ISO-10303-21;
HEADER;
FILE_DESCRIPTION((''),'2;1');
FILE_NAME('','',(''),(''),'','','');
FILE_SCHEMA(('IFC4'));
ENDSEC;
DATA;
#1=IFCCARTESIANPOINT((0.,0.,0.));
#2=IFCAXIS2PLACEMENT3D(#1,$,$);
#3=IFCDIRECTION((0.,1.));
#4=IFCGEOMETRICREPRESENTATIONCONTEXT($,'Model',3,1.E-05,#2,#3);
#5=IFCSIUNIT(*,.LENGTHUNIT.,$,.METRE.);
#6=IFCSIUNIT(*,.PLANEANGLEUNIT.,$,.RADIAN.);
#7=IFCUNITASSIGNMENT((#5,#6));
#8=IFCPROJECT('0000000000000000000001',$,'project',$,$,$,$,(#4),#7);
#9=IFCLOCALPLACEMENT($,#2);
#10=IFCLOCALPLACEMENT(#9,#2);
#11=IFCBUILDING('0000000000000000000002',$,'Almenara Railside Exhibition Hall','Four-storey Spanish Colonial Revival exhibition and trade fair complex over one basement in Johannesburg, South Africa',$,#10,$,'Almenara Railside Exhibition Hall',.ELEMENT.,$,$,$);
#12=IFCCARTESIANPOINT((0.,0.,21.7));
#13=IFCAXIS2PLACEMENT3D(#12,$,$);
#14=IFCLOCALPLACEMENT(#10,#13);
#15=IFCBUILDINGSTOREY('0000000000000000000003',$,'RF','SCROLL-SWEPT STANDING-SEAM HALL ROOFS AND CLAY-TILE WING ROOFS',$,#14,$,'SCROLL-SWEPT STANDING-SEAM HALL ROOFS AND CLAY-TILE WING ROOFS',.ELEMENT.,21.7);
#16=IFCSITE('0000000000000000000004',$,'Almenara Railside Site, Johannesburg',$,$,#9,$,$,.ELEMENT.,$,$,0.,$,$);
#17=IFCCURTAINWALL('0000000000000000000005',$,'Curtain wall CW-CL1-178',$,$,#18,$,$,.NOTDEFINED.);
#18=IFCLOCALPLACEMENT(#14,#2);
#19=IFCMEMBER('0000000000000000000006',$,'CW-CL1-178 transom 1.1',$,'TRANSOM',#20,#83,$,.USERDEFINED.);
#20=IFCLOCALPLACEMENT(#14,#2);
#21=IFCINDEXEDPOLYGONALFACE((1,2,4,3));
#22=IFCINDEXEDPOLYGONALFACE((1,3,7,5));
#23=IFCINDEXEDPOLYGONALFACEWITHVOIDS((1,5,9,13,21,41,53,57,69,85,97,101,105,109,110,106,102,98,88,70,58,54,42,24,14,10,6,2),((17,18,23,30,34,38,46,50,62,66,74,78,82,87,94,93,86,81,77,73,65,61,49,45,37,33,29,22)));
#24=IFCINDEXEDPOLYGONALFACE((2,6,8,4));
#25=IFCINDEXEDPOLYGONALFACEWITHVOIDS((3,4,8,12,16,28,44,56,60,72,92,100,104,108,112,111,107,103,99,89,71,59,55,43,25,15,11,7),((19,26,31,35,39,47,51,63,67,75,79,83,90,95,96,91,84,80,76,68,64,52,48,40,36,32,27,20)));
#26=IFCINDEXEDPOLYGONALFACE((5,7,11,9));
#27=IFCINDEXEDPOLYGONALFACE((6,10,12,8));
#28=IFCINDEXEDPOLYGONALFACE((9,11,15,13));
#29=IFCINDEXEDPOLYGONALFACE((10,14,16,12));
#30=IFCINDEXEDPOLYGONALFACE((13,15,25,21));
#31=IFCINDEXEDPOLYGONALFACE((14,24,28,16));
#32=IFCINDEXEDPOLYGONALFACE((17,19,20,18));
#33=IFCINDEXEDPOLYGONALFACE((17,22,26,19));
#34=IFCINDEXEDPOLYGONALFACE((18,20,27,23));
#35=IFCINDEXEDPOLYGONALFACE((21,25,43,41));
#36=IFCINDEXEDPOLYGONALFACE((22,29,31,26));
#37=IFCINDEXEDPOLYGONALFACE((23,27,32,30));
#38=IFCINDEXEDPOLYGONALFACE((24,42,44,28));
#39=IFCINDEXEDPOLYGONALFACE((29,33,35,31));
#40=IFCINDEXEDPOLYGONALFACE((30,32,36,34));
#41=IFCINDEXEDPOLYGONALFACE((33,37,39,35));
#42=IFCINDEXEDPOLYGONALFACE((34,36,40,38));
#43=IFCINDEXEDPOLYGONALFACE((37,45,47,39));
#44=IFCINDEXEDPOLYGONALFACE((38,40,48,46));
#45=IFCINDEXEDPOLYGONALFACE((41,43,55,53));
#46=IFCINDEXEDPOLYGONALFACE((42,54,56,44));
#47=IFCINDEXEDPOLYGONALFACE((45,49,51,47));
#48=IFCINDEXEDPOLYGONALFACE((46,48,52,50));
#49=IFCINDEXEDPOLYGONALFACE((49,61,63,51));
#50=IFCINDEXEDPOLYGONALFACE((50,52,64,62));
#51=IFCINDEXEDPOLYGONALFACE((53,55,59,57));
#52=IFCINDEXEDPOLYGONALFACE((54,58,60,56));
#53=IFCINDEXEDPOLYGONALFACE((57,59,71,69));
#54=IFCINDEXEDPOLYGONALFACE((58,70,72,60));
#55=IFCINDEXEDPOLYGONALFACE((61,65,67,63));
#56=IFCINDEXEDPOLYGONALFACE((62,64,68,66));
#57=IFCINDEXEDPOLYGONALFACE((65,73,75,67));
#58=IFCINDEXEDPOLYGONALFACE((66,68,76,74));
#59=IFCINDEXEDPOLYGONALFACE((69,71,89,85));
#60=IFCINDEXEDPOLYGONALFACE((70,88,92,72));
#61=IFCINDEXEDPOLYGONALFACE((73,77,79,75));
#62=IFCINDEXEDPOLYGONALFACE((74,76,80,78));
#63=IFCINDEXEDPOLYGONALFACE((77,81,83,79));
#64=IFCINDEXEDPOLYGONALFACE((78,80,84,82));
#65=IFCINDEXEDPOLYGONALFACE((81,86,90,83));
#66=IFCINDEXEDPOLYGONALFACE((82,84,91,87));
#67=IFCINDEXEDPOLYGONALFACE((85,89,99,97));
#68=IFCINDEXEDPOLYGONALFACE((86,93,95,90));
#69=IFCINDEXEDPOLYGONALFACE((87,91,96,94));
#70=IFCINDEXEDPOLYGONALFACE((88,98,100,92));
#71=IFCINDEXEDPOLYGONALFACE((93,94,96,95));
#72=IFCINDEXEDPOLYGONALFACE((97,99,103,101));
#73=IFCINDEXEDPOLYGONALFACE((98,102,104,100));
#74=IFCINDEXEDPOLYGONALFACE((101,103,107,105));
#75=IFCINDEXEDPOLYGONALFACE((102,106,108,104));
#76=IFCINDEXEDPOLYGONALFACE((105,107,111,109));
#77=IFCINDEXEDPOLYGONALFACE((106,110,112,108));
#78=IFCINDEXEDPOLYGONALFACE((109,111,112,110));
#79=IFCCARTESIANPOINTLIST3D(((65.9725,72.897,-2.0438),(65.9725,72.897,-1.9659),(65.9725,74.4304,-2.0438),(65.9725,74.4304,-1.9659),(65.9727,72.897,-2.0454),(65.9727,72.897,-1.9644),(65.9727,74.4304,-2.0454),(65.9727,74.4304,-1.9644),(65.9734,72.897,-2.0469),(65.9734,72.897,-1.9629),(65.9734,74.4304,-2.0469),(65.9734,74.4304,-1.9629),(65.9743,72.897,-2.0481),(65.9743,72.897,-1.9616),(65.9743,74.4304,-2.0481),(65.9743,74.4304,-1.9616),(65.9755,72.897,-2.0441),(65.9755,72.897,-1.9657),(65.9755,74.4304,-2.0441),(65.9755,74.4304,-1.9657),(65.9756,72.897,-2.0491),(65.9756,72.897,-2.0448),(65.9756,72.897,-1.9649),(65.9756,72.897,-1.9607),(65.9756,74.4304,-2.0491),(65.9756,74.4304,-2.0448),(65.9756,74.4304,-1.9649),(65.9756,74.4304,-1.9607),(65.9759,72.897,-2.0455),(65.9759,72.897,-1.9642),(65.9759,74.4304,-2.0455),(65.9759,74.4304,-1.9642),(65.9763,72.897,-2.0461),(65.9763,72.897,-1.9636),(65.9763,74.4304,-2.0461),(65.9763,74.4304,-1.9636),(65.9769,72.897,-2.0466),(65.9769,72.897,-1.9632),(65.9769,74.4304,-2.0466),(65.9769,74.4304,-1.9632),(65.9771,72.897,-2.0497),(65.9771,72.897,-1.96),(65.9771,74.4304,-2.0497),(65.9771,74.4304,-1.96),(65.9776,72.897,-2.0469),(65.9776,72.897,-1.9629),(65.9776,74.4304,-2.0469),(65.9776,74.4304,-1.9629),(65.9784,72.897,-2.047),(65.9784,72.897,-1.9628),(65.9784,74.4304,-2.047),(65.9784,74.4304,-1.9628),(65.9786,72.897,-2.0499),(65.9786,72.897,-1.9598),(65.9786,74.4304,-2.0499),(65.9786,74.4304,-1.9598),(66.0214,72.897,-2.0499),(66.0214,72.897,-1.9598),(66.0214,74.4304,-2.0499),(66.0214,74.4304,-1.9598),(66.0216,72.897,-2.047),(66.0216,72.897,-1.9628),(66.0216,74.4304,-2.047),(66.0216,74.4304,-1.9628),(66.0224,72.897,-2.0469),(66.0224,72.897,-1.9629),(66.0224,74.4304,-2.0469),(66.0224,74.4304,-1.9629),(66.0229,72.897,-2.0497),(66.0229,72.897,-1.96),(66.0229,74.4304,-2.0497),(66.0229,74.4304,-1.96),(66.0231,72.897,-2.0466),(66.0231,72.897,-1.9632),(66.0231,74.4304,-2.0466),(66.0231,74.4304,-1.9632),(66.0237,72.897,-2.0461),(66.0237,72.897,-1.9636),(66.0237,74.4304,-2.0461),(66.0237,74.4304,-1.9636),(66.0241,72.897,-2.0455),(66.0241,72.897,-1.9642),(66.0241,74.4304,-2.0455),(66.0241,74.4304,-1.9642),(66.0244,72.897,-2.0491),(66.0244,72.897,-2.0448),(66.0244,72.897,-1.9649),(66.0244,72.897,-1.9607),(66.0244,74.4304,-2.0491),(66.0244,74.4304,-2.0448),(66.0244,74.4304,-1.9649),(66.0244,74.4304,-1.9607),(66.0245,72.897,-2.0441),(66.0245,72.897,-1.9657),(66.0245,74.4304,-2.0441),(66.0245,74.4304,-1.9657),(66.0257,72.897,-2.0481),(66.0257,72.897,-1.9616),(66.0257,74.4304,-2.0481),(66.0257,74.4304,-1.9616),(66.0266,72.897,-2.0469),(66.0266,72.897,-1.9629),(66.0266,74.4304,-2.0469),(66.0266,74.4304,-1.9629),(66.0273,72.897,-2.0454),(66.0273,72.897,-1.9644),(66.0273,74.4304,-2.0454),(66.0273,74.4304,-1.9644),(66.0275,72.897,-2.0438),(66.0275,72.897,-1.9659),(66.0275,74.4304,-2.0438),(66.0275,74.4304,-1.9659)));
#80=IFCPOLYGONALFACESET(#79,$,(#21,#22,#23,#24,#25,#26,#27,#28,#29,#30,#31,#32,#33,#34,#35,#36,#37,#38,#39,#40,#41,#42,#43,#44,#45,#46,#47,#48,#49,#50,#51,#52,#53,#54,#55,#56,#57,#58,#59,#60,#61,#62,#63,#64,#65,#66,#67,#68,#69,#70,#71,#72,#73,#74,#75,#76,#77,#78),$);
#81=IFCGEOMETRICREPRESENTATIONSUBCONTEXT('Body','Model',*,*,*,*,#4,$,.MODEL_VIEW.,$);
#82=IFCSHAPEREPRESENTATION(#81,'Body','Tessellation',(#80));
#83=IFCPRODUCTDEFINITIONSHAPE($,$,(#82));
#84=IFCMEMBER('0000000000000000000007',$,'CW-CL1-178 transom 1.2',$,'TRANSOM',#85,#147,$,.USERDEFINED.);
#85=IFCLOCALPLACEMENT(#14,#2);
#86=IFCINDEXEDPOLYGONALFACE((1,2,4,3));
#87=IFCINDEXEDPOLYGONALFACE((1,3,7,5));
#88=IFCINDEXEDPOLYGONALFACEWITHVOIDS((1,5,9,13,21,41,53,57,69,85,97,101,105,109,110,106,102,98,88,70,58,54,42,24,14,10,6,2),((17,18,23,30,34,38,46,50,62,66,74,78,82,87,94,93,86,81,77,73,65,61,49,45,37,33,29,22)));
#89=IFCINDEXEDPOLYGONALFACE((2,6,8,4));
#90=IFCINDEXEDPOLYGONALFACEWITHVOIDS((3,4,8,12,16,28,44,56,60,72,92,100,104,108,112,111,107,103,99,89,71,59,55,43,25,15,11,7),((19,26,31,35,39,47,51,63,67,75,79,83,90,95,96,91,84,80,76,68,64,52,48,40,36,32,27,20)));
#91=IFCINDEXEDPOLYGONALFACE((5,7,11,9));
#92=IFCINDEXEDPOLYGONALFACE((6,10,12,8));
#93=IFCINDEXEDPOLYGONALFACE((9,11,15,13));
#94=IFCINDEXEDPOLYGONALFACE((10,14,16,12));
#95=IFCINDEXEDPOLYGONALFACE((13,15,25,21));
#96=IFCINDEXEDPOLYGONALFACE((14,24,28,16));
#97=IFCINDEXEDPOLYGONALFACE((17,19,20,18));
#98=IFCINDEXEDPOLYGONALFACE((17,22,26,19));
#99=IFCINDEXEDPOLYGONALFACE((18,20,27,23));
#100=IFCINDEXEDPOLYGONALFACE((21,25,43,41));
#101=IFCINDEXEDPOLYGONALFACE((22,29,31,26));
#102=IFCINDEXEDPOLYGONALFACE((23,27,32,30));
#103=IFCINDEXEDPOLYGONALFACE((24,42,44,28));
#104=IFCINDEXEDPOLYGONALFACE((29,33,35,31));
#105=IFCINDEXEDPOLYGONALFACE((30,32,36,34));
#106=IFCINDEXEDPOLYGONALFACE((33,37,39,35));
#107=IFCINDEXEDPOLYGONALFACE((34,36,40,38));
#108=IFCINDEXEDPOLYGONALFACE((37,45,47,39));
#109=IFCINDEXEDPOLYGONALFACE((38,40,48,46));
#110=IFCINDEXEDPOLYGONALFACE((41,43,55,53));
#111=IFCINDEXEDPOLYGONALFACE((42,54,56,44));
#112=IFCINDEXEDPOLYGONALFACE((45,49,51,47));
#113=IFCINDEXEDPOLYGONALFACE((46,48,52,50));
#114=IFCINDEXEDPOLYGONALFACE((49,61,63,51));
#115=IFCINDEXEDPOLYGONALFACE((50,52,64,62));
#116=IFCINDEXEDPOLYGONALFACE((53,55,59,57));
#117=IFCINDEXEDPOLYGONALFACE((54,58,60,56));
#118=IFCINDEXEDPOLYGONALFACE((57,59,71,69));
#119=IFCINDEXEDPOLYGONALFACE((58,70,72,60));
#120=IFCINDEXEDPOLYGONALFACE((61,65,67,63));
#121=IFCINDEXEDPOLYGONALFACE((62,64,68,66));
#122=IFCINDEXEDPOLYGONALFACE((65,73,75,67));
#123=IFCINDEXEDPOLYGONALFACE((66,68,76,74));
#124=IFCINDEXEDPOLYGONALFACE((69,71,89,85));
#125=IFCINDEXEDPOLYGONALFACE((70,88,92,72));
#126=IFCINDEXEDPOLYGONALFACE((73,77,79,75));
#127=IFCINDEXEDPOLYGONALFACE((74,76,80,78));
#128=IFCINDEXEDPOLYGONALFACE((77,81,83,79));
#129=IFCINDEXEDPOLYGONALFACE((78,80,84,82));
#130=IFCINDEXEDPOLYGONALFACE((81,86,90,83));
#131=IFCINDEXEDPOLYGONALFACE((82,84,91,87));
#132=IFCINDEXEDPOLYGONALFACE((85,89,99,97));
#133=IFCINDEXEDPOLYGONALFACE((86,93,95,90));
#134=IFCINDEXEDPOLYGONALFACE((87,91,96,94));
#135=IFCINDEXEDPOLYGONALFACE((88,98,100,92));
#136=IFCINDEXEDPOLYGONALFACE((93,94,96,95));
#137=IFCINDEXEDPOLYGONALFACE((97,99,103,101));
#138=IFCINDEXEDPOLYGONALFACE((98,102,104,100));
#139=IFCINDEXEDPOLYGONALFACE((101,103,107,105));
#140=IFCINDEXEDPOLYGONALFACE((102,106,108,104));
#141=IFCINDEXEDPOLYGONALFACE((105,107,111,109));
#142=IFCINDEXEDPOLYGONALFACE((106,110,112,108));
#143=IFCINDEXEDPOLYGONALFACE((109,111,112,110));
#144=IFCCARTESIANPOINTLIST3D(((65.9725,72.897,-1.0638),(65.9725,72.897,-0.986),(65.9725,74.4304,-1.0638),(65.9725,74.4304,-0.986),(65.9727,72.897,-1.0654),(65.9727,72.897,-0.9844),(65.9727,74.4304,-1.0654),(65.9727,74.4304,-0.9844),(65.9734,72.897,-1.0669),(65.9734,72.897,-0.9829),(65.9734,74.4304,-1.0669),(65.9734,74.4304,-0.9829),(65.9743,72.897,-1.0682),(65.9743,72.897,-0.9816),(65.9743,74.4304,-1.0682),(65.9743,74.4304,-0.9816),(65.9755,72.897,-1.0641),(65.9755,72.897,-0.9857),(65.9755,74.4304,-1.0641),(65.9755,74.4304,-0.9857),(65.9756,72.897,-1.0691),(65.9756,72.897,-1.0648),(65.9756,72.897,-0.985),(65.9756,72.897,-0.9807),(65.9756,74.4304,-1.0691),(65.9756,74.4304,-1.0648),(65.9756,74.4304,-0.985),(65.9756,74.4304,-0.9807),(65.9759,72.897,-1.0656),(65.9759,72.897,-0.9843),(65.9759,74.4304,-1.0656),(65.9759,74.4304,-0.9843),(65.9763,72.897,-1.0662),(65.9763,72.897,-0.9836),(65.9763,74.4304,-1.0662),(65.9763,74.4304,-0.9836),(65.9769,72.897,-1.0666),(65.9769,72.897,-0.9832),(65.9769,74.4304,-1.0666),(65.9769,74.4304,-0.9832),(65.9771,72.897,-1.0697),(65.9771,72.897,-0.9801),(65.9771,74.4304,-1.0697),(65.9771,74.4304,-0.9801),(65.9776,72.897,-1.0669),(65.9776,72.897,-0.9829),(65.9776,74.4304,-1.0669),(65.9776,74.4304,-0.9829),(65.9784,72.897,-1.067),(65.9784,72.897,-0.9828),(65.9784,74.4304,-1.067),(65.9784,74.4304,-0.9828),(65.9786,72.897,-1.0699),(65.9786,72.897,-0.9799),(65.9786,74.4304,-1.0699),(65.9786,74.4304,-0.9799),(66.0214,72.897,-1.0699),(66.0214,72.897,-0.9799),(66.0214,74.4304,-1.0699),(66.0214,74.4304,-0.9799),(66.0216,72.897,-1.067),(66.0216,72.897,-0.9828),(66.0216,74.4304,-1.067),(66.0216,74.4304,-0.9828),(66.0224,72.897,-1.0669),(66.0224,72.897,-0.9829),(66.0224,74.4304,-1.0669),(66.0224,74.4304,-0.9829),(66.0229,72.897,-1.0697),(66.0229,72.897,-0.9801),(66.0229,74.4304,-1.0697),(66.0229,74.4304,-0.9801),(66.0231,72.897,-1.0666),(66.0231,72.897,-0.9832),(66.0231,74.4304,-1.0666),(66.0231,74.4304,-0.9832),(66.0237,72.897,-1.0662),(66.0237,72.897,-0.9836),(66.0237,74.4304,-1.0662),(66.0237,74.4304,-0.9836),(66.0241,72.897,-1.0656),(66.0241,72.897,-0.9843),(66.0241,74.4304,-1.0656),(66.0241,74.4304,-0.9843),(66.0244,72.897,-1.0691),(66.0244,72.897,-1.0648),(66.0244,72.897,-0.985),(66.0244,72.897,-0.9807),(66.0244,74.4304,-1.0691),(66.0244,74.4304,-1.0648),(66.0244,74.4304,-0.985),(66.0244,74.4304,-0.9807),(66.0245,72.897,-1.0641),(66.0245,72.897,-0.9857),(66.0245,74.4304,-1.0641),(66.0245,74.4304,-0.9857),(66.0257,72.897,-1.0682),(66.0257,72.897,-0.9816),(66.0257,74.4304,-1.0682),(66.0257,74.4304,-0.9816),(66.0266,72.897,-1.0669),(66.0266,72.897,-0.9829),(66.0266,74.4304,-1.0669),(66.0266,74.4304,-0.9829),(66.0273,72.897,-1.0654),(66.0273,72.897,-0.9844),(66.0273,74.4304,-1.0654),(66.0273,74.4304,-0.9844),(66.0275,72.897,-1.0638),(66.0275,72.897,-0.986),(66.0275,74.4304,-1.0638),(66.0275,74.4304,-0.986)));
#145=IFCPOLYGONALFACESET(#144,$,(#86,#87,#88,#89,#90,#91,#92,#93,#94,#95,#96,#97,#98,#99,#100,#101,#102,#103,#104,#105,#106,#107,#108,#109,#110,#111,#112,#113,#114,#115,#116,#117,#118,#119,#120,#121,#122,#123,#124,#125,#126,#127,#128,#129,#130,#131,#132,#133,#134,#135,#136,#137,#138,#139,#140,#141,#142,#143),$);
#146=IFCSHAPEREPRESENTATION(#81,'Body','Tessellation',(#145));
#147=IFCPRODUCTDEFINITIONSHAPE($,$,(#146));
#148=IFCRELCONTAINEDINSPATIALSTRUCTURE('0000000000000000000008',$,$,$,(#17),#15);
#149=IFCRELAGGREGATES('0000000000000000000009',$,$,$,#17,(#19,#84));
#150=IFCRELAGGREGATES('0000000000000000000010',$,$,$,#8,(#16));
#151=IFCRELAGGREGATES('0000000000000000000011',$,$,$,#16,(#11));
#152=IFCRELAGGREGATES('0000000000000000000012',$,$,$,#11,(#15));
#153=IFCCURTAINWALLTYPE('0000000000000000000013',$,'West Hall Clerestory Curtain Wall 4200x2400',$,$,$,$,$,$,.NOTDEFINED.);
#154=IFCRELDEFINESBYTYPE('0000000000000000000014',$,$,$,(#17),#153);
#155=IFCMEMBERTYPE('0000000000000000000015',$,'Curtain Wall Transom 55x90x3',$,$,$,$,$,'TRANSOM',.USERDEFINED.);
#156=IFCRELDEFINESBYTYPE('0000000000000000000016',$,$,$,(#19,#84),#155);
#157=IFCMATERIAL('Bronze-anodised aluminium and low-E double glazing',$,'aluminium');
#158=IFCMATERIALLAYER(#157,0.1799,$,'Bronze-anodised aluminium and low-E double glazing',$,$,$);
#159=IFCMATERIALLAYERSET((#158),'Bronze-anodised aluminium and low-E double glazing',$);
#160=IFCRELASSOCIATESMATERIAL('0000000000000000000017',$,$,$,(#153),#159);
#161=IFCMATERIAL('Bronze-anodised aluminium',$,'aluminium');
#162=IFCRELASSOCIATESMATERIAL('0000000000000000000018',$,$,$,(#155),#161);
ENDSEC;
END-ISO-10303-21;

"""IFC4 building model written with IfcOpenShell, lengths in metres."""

from ifc_helpers import new_model, si_unit, direction, frame, origin, origin_2d, place, context, subcontext, project, spatial, hollow_rectangle, extrude, material, layer, layer_set, material_profile, profile_set, type_object, element, aggregate, save


model = new_model("IFC4")

# Units and contexts
model_context = context("Model", 3, precision=1e-05, world=origin(), true_north=direction((0.0, 1.0)))
body_context = subcontext(model_context, "Body", "Model", "MODEL_VIEW")
ifc_project = project(units=[si_unit("LENGTHUNIT", "METRE"), si_unit("PLANEANGLEUNIT", "RADIAN")], contexts=[model_context])

# Site, building, storey
site_placement = place(None, origin())
site = spatial("IfcSite", under=ifc_project, at=site_placement, Name="Almenara Railside Site, Johannesburg", CompositionType="ELEMENT", RefElevation=0.0)
building_placement = place(site_placement, origin())
building = spatial("IfcBuilding", under=site, at=building_placement, Name="Almenara Railside Exhibition Hall", Description="Four-storey Spanish Colonial Revival exhibition and trade fair complex over one basement in Johannesburg, South Africa", LongName="Almenara Railside Exhibition Hall", CompositionType="ELEMENT")
storey_placement = place(building_placement, frame((0.0, 0.0, 21.7)))
storey = spatial("IfcBuildingStorey", under=building, at=storey_placement, Name="RF", Description="SCROLL-SWEPT STANDING-SEAM HALL ROOFS AND CLAY-TILE WING ROOFS", LongName="SCROLL-SWEPT STANDING-SEAM HALL ROOFS AND CLAY-TILE WING ROOFS", CompositionType="ELEMENT", Elevation=21.7)

# Curtain wall
ifc_material_1 = material(Name="Bronze-anodised aluminium and low-E double glazing", Category="aluminium")
ifc_layer_1 = layer(ifc_material_1, 0.1799, Name="Bronze-anodised aluminium and low-E double glazing")
ifc_layer_set_1 = layer_set([ifc_layer_1], Name="Bronze-anodised aluminium and low-E double glazing")
curtain_wall_type = type_object("IfcCurtainWallType", Name="West Hall Clerestory Curtain Wall 4200x2400", PredefinedType="NOTDEFINED", material=ifc_layer_set_1)
curtain_wall_1_placement = place(storey_placement, origin())
curtain_wall_1 = element("IfcCurtainWall", 1, at=curtain_wall_1_placement, inside=storey, type_object=curtain_wall_type, Name="Curtain wall CW-CL1-178", PredefinedType="NOTDEFINED")
ifc_material_2 = material(Name="Bronze-anodised aluminium", Category="aluminium")

# Members
ifc_material_profile_1 = material_profile(ifc_material_2, hollow_rectangle(XDim=0.0549, YDim=0.0901, WallThickness=0.0029, InnerFilletRadius=0.0029, OuterFilletRadius=0.0061, at=origin_2d()), Name="ALU-TRN 55x90x3")
ifc_profile_set_1 = profile_set([ifc_material_profile_1], Name="Bronze-anodised aluminium")
member_type_1 = type_object("IfcMemberType", Name="Curtain Wall Transom 55x90x3", ElementType="TRANSOM", PredefinedType="USERDEFINED", material=ifc_profile_set_1)
member_1_placement = place(storey_placement, frame((66.0, 72.897, -2.0049), z_axis=(0.0, 1.0, 0.0), x_axis=(-1.0, 0.0, 0.0)))
member_1 = element("IfcMember", 2, at=member_1_placement, type_object=member_type_1, Name="CW-CL1-178 transom 1.1", ObjectType="TRANSOM", PredefinedType="USERDEFINED", context=body_context, shape_type="SweptSolid", body=[
    extrude(hollow_rectangle(XDim=0.0549, YDim=0.0901, WallThickness=0.0029, InnerFilletRadius=0.0029, OuterFilletRadius=0.0061, at=origin_2d()), origin(), (0.0, 0.0, 1.0), 1.5334),
])
member_2_placement = place(storey_placement, frame((66.0, 72.897, -1.0249), z_axis=(0.0, 1.0, 0.0), x_axis=(-1.0, 0.0, 0.0)))
member_2 = element("IfcMember", 3, at=member_2_placement, type_object=member_type_1, Name="CW-CL1-178 transom 1.2", ObjectType="TRANSOM", PredefinedType="USERDEFINED", context=body_context, shape_type="SweptSolid", body=[
    extrude(hollow_rectangle(XDim=0.0549, YDim=0.0901, WallThickness=0.0029, InnerFilletRadius=0.0029, OuterFilletRadius=0.0061, at=origin_2d()), origin(), (0.0, 0.0, 1.0), 1.5334),
])

aggregate(curtain_wall_1, [member_1, member_2])

save(model, "model.ifc")
